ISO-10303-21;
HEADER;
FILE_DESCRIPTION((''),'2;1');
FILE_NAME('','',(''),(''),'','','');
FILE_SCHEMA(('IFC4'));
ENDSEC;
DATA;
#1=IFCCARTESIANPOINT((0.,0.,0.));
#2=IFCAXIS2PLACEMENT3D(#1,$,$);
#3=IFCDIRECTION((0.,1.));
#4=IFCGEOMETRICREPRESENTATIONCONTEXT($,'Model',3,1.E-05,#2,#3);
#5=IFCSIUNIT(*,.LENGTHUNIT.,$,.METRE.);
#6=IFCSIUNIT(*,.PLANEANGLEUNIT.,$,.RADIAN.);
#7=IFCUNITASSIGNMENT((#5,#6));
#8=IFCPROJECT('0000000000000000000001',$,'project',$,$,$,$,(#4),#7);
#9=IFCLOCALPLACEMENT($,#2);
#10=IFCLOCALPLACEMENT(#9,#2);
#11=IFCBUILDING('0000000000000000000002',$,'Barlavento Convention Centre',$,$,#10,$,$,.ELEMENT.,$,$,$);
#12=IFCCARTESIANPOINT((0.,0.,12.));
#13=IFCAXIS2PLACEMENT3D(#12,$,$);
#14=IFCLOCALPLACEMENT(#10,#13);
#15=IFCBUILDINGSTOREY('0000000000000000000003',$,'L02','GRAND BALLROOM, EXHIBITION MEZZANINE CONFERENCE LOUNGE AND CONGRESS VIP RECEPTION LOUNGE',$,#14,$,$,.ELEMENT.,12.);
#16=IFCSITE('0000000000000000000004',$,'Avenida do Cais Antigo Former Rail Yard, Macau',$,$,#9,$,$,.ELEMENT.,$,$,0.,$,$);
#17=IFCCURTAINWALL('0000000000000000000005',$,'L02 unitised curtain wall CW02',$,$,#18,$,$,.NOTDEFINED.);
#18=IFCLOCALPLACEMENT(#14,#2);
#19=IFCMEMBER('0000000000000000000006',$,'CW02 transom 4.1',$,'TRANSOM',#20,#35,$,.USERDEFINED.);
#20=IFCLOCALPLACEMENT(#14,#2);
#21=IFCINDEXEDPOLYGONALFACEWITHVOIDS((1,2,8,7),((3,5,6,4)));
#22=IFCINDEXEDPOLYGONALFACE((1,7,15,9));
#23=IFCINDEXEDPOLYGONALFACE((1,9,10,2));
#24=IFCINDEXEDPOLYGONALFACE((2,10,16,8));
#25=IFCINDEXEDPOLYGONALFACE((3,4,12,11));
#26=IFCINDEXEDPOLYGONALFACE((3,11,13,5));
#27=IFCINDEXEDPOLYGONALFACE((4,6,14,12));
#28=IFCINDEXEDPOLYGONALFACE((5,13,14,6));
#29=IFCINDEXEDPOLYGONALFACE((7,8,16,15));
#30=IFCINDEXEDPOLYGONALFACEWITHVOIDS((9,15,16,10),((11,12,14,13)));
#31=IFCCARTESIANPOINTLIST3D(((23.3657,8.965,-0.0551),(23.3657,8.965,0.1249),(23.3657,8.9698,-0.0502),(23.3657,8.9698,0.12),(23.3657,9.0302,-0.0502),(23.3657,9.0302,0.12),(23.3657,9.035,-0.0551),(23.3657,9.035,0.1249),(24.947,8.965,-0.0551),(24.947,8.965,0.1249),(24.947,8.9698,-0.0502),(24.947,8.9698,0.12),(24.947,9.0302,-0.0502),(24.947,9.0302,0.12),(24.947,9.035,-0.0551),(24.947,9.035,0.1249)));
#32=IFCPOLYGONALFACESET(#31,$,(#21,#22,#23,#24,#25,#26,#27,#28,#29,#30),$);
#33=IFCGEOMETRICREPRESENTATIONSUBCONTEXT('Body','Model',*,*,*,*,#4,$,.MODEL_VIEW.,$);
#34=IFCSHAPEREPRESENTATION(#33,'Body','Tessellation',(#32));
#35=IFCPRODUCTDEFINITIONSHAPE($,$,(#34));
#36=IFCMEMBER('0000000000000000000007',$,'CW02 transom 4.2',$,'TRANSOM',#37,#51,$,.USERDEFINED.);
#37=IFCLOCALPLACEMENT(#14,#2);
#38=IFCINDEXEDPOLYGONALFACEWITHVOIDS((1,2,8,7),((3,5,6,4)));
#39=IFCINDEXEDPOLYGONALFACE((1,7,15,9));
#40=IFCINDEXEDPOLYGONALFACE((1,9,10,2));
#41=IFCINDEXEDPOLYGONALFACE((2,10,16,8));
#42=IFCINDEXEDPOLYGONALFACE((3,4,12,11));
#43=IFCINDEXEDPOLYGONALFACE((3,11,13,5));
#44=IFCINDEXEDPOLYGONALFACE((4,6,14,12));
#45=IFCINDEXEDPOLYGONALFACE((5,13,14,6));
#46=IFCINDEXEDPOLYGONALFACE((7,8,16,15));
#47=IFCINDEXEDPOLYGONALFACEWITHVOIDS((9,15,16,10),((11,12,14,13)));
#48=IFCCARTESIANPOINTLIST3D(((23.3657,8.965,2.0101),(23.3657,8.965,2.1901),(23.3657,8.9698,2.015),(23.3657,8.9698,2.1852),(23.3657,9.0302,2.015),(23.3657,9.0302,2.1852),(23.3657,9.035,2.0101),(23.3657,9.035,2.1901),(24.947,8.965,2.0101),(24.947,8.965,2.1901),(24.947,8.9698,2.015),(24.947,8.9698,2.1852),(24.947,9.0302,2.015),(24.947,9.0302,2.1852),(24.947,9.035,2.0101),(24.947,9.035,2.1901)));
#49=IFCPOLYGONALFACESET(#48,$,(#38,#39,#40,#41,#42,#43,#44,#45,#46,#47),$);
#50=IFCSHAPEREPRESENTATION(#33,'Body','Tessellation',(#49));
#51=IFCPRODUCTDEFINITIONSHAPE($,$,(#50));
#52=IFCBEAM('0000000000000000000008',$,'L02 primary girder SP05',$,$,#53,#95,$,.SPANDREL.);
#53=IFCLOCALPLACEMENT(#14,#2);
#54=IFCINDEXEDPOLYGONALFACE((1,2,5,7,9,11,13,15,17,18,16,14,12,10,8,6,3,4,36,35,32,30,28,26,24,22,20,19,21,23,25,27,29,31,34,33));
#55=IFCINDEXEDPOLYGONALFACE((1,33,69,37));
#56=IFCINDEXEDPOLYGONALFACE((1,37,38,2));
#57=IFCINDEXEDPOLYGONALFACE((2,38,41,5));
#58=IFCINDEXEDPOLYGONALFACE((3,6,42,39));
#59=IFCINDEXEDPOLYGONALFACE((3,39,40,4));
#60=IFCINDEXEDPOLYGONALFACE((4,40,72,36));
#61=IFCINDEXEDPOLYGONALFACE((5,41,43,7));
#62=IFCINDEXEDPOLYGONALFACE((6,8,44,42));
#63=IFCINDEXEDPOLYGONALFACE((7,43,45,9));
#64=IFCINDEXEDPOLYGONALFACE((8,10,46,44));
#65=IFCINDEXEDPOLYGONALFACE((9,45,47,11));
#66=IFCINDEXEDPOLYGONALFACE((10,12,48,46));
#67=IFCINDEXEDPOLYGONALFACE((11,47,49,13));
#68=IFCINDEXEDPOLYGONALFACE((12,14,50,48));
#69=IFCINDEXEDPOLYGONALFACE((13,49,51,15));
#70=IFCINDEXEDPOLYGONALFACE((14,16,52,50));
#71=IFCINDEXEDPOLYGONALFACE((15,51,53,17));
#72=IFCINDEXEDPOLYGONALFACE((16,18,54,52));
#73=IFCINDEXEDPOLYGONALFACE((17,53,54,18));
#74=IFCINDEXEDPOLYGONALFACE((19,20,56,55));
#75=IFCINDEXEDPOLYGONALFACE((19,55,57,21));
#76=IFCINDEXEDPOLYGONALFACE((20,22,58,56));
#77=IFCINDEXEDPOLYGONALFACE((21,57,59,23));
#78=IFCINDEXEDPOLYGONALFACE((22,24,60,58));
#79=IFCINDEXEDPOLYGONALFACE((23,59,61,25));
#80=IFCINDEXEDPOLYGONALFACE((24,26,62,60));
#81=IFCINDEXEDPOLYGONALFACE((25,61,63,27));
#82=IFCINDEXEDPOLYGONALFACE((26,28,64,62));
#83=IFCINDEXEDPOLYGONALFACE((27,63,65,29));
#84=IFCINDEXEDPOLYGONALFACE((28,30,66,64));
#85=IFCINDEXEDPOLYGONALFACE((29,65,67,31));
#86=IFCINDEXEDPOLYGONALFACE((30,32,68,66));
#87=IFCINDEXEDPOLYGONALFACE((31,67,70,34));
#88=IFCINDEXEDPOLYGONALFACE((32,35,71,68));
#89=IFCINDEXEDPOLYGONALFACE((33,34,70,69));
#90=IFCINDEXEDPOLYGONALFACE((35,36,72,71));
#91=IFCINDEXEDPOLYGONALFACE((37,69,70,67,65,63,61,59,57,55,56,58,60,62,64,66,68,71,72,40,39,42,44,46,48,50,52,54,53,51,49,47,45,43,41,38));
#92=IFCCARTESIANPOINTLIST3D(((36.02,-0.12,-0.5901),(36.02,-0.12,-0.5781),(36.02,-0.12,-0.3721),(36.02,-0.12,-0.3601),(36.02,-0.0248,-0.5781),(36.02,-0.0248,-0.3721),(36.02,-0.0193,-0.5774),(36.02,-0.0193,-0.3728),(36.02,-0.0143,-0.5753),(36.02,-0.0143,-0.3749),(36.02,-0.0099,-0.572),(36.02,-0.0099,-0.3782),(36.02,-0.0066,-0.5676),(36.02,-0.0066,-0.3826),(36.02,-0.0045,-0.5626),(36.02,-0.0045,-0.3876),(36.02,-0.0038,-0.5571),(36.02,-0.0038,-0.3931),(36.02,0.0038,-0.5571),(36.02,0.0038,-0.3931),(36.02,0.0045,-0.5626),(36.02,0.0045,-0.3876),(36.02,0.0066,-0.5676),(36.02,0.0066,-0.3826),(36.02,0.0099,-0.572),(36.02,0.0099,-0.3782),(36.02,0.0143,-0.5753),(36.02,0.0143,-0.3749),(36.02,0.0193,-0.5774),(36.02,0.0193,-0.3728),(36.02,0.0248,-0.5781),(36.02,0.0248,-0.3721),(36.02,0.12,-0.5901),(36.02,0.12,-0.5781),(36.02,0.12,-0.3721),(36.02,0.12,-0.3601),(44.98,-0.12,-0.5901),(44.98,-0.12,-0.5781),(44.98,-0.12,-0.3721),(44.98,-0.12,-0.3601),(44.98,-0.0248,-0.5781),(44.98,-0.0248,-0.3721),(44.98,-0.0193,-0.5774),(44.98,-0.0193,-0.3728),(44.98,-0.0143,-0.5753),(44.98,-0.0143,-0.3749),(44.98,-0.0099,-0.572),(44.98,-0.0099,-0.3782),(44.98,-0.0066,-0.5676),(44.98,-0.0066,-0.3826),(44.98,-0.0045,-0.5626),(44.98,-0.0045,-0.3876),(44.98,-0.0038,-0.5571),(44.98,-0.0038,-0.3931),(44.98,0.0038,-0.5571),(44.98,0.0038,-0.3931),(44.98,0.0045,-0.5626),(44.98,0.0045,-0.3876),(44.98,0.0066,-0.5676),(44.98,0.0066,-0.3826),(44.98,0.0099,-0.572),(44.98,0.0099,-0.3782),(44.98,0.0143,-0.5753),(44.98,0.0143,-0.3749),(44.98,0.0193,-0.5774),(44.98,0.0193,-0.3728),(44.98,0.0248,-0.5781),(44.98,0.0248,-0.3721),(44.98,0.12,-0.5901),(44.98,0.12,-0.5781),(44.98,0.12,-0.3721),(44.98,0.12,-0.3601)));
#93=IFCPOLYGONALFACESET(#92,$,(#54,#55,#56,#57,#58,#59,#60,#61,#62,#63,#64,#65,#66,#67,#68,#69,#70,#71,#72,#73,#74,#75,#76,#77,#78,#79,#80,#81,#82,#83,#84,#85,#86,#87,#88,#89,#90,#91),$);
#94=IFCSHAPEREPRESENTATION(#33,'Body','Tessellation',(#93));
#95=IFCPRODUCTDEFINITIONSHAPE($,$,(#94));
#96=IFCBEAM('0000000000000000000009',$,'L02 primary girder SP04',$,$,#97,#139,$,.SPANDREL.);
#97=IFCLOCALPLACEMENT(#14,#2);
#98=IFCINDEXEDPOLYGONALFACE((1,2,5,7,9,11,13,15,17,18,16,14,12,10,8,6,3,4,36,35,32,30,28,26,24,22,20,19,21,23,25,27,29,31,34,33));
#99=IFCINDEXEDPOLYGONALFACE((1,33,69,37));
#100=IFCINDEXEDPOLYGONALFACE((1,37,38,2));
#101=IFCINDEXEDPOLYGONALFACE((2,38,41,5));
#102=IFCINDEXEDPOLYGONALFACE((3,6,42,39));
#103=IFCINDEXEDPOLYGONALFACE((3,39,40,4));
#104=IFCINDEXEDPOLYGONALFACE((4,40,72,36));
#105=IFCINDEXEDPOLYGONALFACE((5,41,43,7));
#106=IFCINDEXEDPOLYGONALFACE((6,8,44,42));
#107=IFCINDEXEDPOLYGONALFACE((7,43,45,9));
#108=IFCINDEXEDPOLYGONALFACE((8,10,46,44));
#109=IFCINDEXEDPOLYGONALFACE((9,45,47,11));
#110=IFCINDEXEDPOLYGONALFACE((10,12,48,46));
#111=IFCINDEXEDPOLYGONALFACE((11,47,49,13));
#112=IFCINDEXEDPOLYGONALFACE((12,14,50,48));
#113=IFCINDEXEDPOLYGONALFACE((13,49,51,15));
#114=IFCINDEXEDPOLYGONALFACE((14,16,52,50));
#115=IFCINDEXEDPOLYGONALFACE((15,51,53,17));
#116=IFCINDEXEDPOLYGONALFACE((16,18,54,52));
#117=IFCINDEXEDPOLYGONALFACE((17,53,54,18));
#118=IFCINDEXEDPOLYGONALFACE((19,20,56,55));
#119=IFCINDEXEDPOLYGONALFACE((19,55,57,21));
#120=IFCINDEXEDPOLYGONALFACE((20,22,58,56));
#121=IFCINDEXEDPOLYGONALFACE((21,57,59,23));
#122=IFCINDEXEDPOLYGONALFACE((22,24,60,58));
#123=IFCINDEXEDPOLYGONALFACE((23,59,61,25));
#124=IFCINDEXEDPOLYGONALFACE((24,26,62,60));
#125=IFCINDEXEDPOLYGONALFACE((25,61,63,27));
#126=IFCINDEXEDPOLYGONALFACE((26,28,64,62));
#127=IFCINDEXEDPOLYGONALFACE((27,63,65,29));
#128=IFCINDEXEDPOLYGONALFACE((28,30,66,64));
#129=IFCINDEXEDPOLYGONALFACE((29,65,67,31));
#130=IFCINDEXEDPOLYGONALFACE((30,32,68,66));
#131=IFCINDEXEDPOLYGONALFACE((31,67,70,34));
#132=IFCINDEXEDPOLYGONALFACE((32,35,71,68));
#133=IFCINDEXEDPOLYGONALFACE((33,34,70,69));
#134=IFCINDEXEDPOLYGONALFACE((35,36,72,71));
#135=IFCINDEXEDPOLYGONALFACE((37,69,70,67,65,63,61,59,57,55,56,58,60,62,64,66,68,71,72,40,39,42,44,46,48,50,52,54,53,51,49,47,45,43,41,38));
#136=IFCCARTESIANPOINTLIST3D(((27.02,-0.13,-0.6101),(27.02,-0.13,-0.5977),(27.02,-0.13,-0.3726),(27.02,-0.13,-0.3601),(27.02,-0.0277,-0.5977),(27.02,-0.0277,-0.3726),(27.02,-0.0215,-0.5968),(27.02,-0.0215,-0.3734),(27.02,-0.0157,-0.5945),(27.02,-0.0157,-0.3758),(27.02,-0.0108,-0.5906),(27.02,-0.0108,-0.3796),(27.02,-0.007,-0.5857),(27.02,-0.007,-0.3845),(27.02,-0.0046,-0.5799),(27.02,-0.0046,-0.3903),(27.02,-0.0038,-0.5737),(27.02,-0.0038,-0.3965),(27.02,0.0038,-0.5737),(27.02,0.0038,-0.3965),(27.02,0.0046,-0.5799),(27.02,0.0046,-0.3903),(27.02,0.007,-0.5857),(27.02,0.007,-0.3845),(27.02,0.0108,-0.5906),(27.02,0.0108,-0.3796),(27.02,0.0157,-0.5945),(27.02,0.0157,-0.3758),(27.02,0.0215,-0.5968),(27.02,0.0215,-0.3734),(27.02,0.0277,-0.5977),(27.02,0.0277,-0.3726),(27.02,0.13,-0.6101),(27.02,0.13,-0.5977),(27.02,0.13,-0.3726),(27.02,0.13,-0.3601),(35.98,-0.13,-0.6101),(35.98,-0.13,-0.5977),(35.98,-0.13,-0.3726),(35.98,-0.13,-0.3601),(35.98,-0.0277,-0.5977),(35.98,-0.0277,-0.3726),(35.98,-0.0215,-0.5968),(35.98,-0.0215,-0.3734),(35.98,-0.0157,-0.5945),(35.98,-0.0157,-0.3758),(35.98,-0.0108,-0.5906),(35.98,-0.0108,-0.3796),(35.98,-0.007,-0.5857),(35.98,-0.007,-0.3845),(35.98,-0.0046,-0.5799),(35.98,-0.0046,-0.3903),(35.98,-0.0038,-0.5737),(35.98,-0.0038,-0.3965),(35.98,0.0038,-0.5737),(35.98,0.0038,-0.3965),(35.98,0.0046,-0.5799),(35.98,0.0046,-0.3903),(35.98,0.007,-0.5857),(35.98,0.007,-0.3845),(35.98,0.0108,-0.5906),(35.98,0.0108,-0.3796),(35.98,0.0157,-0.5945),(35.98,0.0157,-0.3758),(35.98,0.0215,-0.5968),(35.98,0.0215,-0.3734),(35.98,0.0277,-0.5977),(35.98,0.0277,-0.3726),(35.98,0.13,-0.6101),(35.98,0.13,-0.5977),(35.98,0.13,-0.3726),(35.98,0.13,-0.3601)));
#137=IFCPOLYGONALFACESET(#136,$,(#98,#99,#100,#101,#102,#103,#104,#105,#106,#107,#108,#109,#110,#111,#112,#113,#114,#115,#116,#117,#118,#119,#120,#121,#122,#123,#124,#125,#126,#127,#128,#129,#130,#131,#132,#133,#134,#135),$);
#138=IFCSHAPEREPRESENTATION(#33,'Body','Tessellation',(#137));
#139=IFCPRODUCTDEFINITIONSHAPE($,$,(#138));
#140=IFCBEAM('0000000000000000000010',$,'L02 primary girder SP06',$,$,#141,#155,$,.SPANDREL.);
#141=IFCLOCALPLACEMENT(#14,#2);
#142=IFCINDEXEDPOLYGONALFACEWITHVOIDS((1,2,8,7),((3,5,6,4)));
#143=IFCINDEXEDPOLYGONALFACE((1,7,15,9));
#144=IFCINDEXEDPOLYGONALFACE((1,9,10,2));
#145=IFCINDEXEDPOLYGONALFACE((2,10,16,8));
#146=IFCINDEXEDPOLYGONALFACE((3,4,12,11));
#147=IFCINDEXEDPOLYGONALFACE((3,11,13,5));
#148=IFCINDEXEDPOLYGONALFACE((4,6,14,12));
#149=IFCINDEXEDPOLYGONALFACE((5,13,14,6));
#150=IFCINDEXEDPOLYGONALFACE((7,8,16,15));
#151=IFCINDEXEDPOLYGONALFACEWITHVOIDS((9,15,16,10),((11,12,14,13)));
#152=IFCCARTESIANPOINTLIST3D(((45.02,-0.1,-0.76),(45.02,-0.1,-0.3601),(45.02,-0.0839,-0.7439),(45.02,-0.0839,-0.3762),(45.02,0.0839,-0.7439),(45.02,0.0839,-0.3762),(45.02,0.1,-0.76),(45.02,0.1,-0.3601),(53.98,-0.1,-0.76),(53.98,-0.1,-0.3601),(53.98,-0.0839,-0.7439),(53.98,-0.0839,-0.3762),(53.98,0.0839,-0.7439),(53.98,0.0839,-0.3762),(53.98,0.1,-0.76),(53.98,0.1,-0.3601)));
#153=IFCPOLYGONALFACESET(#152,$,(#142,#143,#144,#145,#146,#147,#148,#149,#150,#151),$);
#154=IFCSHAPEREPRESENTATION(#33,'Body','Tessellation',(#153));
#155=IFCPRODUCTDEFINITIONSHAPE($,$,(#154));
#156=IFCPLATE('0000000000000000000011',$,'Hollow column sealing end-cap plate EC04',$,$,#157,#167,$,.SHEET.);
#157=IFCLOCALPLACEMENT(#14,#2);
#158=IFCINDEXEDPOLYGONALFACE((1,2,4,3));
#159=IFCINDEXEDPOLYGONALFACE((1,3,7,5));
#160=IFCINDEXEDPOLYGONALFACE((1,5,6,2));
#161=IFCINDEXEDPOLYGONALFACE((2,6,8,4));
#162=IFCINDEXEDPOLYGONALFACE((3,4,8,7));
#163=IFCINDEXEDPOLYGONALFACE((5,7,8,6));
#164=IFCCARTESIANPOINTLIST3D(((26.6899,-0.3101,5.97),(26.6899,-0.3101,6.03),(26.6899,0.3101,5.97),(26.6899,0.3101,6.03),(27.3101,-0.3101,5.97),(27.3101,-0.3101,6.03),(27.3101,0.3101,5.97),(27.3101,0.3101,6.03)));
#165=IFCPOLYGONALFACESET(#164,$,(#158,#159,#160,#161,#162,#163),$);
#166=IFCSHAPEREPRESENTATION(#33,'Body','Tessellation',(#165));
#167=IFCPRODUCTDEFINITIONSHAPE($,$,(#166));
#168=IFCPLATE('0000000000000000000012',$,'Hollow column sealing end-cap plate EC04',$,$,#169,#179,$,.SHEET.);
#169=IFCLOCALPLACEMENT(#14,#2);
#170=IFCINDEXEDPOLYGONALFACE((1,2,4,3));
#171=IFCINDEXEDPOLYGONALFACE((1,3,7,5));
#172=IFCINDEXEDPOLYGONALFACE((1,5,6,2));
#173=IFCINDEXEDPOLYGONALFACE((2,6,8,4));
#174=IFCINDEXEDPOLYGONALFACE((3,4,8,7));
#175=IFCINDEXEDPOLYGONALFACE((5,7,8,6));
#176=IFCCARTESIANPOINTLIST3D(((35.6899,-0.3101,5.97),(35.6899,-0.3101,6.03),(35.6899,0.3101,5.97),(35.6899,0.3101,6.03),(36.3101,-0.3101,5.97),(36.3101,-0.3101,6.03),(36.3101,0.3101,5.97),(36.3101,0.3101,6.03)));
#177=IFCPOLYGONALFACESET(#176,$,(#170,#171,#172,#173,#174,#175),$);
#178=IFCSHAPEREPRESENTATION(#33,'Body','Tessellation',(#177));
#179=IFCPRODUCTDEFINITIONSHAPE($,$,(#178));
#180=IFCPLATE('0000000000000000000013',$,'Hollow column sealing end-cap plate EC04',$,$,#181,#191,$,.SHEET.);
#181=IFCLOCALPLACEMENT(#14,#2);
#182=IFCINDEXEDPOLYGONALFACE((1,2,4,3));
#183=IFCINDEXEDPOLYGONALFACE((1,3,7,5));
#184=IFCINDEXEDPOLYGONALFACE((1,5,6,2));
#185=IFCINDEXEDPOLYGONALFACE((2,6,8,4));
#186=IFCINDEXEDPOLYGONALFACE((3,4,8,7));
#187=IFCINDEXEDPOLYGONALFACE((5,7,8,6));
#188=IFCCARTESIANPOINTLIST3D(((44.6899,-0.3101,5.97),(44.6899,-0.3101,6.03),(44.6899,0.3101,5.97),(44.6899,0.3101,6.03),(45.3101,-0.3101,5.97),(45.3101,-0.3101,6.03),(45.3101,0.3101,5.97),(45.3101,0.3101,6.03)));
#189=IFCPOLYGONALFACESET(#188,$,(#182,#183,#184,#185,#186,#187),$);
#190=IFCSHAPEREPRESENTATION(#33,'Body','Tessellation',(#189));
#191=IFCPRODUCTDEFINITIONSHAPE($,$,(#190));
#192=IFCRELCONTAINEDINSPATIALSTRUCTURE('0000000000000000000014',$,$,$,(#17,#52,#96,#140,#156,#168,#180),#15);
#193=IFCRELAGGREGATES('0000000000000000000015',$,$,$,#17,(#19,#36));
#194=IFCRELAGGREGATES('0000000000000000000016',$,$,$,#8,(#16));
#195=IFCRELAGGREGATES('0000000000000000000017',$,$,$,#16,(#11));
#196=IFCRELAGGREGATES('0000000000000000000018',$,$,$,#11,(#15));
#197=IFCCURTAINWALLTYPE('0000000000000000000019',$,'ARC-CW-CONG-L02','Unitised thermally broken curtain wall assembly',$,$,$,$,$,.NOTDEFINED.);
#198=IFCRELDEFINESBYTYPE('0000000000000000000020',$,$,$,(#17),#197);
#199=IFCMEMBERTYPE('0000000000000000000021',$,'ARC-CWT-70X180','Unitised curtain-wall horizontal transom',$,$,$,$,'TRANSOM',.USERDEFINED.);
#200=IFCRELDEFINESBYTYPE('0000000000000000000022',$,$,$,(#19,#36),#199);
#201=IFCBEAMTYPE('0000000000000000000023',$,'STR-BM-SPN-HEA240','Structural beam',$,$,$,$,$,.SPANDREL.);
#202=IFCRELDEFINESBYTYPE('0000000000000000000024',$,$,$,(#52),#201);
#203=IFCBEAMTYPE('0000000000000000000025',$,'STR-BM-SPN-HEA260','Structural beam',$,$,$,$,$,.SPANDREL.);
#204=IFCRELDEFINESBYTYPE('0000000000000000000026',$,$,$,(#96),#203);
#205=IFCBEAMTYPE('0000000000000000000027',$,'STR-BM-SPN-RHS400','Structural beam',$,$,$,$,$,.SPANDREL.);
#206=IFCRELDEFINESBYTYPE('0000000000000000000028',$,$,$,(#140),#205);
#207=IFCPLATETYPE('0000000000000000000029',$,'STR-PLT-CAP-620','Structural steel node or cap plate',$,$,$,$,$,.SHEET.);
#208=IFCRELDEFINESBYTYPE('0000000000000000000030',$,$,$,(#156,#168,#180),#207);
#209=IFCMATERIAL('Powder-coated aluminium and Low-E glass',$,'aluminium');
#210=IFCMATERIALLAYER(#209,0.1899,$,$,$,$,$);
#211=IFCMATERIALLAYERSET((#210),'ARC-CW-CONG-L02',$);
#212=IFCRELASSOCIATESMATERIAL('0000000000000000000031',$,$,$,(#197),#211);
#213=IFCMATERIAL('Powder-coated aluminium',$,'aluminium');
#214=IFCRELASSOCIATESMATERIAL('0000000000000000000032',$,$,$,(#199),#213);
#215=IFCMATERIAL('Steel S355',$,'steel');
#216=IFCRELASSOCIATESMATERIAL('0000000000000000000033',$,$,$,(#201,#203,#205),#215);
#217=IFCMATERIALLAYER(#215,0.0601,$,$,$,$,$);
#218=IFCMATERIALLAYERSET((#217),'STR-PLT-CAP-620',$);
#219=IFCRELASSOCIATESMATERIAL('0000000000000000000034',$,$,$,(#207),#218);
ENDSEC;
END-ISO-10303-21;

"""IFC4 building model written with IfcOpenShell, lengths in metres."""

from ifc_helpers import new_model, si_unit, direction, frame, origin, origin_2d, place, context, subcontext, project, spatial, rectangle, hollow_rectangle, i_section, extrude, material, layer, layer_set, material_profile, profile_set, type_object, element, aggregate, save


model = new_model("IFC4")

# Units and contexts
model_context = context("Model", 3, precision=1e-05, world=origin(), true_north=direction((0.0, 1.0)))
body_context = subcontext(model_context, "Body", "Model", "MODEL_VIEW")
ifc_project = project(units=[si_unit("LENGTHUNIT", "METRE"), si_unit("PLANEANGLEUNIT", "RADIAN")], contexts=[model_context])

# Site, building, storey
site_placement = place(None, origin())
site = spatial("IfcSite", under=ifc_project, at=site_placement, Name="Avenida do Cais Antigo Former Rail Yard, Macau", CompositionType="ELEMENT", RefElevation=0.0)
building_placement = place(site_placement, origin())
building = spatial("IfcBuilding", under=site, at=building_placement, Name="Barlavento Convention Centre", CompositionType="ELEMENT")
storey_placement = place(building_placement, frame((0.0, 0.0, 12.0)))
storey = spatial("IfcBuildingStorey", under=building, at=storey_placement, Name="L02", Description="GRAND BALLROOM, EXHIBITION MEZZANINE CONFERENCE LOUNGE AND CONGRESS VIP RECEPTION LOUNGE", CompositionType="ELEMENT", Elevation=12.0)

# Curtain wall, members
ifc_material_1 = material(Name="Powder-coated aluminium and Low-E glass", Category="aluminium")
ifc_layer_1 = layer(ifc_material_1, 0.1899)
ifc_layer_set_1 = layer_set([ifc_layer_1], Name="ARC-CW-CONG-L02")
curtain_wall_type = type_object("IfcCurtainWallType", Name="ARC-CW-CONG-L02", Description="Unitised thermally broken curtain wall assembly", PredefinedType="NOTDEFINED", material=ifc_layer_set_1)
curtain_wall_placement = place(storey_placement, origin())
curtain_wall = element("IfcCurtainWall", 1, at=curtain_wall_placement, inside=storey, type_object=curtain_wall_type, Name="L02 unitised curtain wall CW02", PredefinedType="NOTDEFINED")
ifc_material_2 = material(Name="Powder-coated aluminium", Category="aluminium")
ifc_material_profile_1 = material_profile(ifc_material_2, hollow_rectangle(XDim=0.0701, YDim=0.1799, WallThickness=0.0049, at=origin_2d()), Name="AL-TRAN 70x180x5")
ifc_profile_set_1 = profile_set([ifc_material_profile_1], Name="Powder-coated aluminium")
member_type = type_object("IfcMemberType", Name="ARC-CWT-70X180", Description="Unitised curtain-wall horizontal transom", ElementType="TRANSOM", PredefinedType="USERDEFINED", material=ifc_profile_set_1)
member_1_placement = place(storey_placement, frame((23.3657, 9.0, 0.0349), z_axis=(1.0, 0.0, 0.0), x_axis=(0.0, 1.0, 0.0)))
member_1 = element("IfcMember", 2, at=member_1_placement, type_object=member_type, Name="CW02 transom 4.1", ObjectType="TRANSOM", PredefinedType="USERDEFINED", context=body_context, shape_type="SweptSolid", body=[
    extrude(hollow_rectangle(XDim=0.0701, YDim=0.1799, WallThickness=0.0049, at=origin_2d()), origin(), (0.0, 0.0, 1.0), 1.5813),
])
member_2_placement = place(storey_placement, frame((23.3657, 9.0, 2.1001), z_axis=(1.0, 0.0, 0.0), x_axis=(0.0, 1.0, 0.0)))
member_2 = element("IfcMember", 3, at=member_2_placement, type_object=member_type, Name="CW02 transom 4.2", ObjectType="TRANSOM", PredefinedType="USERDEFINED", context=body_context, shape_type="SweptSolid", body=[
    extrude(hollow_rectangle(XDim=0.0701, YDim=0.1799, WallThickness=0.0049, at=origin_2d()), origin(), (0.0, 0.0, 1.0), 1.5813),
])
aggregate(curtain_wall, [member_1, member_2])

# Beams
ifc_material_3 = material(Name="Steel S355", Category="steel")
ifc_material_profile_2 = material_profile(ifc_material_3, i_section(OverallWidth=0.24, OverallDepth=0.23, WebThickness=0.0076, FlangeThickness=0.012, FilletRadius=0.021, at=origin_2d()), Name="HEA 240")
ifc_profile_set_2 = profile_set([ifc_material_profile_2], Name="Steel S355")
beam_type_1 = type_object("IfcBeamType", Name="STR-BM-SPN-HEA240", Description="Structural beam", PredefinedType="SPANDREL", material=ifc_profile_set_2)
beam_1_placement = place(storey_placement, frame((36.02, 0.0, -0.4751), z_axis=(1.0, 0.0, 0.0), x_axis=(0.0, 1.0, 0.0)))
element("IfcBeam", 4, at=beam_1_placement, inside=storey, type_object=beam_type_1, Name="L02 primary girder SP05", PredefinedType="SPANDREL", context=body_context, shape_type="SweptSolid", body=[
    extrude(i_section(OverallWidth=0.24, OverallDepth=0.23, WebThickness=0.0076, FlangeThickness=0.012, FilletRadius=0.021, at=origin_2d()), origin(), (0.0, 0.0, 1.0), 8.96),
])
ifc_material_profile_3 = material_profile(ifc_material_3, i_section(OverallWidth=0.26, OverallDepth=0.25, WebThickness=0.0076, FlangeThickness=0.0125, FilletRadius=0.0239, at=origin_2d()), Name="HEA 260")
ifc_profile_set_3 = profile_set([ifc_material_profile_3], Name="Steel S355")
beam_type_2 = type_object("IfcBeamType", Name="STR-BM-SPN-HEA260", Description="Structural beam", PredefinedType="SPANDREL", material=ifc_profile_set_3)
beam_2_placement = place(storey_placement, frame((27.02, 0.0, -0.4851), z_axis=(1.0, 0.0, 0.0), x_axis=(0.0, 1.0, 0.0)))
element("IfcBeam", 5, at=beam_2_placement, inside=storey, type_object=beam_type_2, Name="L02 primary girder SP04", PredefinedType="SPANDREL", context=body_context, shape_type="SweptSolid", body=[
    extrude(i_section(OverallWidth=0.26, OverallDepth=0.25, WebThickness=0.0076, FlangeThickness=0.0125, FilletRadius=0.0239, at=origin_2d()), origin(), (0.0, 0.0, 1.0), 8.96),
])
ifc_material_profile_4 = material_profile(ifc_material_3, hollow_rectangle(XDim=0.2, YDim=0.3999, WallThickness=0.0161, at=origin_2d()), Name="RHS 400x200x16.0")
ifc_profile_set_4 = profile_set([ifc_material_profile_4], Name="Steel S355")
beam_type_3 = type_object("IfcBeamType", Name="STR-BM-SPN-RHS400", Description="Structural beam", PredefinedType="SPANDREL", material=ifc_profile_set_4)
beam_3_placement = place(storey_placement, frame((45.02, 0.0, -0.5601), z_axis=(1.0, 0.0, 0.0), x_axis=(0.0, 1.0, 0.0)))
element("IfcBeam", 6, at=beam_3_placement, inside=storey, type_object=beam_type_3, Name="L02 primary girder SP06", PredefinedType="SPANDREL", context=body_context, shape_type="SweptSolid", body=[
    extrude(hollow_rectangle(XDim=0.2, YDim=0.3999, WallThickness=0.0161, at=origin_2d()), origin(), (0.0, 0.0, 1.0), 8.96),
])

# Plates
ifc_layer_2 = layer(ifc_material_3, 0.0601)
ifc_layer_set_2 = layer_set([ifc_layer_2], Name="STR-PLT-CAP-620")
plate_type = type_object("IfcPlateType", Name="STR-PLT-CAP-620", Description="Structural steel node or cap plate", PredefinedType="SHEET", material=ifc_layer_set_2)
for number, where, z_axis, x_axis, name in (
    (7, (27.0, 0.0, 5.97), (0.0, 0.0, 1.0), (1.0, 0.0, 0.0), "Hollow column sealing end-cap plate EC04"),
    (8, (36.0, 0.0, 5.97), (0.0, 0.0, 1.0), (1.0, 0.0, 0.0), "Hollow column sealing end-cap plate EC04"),
    (9, (45.0, 0.0, 5.97), (0.0, 0.0, 1.0), (1.0, 0.0, 0.0), "Hollow column sealing end-cap plate EC04"),
):
    element("IfcPlate", number, at=place(storey_placement, frame(where, z_axis=z_axis, x_axis=x_axis)), inside=storey, type_object=plate_type, Name=name, PredefinedType="SHEET", context=body_context, shape_type="SweptSolid", body=[
        extrude(rectangle(XDim=0.6201, YDim=0.6201, at=origin_2d()), origin(), (0.0, 0.0, 1.0), 0.0601),
    ])

save(model, "model.ifc")
